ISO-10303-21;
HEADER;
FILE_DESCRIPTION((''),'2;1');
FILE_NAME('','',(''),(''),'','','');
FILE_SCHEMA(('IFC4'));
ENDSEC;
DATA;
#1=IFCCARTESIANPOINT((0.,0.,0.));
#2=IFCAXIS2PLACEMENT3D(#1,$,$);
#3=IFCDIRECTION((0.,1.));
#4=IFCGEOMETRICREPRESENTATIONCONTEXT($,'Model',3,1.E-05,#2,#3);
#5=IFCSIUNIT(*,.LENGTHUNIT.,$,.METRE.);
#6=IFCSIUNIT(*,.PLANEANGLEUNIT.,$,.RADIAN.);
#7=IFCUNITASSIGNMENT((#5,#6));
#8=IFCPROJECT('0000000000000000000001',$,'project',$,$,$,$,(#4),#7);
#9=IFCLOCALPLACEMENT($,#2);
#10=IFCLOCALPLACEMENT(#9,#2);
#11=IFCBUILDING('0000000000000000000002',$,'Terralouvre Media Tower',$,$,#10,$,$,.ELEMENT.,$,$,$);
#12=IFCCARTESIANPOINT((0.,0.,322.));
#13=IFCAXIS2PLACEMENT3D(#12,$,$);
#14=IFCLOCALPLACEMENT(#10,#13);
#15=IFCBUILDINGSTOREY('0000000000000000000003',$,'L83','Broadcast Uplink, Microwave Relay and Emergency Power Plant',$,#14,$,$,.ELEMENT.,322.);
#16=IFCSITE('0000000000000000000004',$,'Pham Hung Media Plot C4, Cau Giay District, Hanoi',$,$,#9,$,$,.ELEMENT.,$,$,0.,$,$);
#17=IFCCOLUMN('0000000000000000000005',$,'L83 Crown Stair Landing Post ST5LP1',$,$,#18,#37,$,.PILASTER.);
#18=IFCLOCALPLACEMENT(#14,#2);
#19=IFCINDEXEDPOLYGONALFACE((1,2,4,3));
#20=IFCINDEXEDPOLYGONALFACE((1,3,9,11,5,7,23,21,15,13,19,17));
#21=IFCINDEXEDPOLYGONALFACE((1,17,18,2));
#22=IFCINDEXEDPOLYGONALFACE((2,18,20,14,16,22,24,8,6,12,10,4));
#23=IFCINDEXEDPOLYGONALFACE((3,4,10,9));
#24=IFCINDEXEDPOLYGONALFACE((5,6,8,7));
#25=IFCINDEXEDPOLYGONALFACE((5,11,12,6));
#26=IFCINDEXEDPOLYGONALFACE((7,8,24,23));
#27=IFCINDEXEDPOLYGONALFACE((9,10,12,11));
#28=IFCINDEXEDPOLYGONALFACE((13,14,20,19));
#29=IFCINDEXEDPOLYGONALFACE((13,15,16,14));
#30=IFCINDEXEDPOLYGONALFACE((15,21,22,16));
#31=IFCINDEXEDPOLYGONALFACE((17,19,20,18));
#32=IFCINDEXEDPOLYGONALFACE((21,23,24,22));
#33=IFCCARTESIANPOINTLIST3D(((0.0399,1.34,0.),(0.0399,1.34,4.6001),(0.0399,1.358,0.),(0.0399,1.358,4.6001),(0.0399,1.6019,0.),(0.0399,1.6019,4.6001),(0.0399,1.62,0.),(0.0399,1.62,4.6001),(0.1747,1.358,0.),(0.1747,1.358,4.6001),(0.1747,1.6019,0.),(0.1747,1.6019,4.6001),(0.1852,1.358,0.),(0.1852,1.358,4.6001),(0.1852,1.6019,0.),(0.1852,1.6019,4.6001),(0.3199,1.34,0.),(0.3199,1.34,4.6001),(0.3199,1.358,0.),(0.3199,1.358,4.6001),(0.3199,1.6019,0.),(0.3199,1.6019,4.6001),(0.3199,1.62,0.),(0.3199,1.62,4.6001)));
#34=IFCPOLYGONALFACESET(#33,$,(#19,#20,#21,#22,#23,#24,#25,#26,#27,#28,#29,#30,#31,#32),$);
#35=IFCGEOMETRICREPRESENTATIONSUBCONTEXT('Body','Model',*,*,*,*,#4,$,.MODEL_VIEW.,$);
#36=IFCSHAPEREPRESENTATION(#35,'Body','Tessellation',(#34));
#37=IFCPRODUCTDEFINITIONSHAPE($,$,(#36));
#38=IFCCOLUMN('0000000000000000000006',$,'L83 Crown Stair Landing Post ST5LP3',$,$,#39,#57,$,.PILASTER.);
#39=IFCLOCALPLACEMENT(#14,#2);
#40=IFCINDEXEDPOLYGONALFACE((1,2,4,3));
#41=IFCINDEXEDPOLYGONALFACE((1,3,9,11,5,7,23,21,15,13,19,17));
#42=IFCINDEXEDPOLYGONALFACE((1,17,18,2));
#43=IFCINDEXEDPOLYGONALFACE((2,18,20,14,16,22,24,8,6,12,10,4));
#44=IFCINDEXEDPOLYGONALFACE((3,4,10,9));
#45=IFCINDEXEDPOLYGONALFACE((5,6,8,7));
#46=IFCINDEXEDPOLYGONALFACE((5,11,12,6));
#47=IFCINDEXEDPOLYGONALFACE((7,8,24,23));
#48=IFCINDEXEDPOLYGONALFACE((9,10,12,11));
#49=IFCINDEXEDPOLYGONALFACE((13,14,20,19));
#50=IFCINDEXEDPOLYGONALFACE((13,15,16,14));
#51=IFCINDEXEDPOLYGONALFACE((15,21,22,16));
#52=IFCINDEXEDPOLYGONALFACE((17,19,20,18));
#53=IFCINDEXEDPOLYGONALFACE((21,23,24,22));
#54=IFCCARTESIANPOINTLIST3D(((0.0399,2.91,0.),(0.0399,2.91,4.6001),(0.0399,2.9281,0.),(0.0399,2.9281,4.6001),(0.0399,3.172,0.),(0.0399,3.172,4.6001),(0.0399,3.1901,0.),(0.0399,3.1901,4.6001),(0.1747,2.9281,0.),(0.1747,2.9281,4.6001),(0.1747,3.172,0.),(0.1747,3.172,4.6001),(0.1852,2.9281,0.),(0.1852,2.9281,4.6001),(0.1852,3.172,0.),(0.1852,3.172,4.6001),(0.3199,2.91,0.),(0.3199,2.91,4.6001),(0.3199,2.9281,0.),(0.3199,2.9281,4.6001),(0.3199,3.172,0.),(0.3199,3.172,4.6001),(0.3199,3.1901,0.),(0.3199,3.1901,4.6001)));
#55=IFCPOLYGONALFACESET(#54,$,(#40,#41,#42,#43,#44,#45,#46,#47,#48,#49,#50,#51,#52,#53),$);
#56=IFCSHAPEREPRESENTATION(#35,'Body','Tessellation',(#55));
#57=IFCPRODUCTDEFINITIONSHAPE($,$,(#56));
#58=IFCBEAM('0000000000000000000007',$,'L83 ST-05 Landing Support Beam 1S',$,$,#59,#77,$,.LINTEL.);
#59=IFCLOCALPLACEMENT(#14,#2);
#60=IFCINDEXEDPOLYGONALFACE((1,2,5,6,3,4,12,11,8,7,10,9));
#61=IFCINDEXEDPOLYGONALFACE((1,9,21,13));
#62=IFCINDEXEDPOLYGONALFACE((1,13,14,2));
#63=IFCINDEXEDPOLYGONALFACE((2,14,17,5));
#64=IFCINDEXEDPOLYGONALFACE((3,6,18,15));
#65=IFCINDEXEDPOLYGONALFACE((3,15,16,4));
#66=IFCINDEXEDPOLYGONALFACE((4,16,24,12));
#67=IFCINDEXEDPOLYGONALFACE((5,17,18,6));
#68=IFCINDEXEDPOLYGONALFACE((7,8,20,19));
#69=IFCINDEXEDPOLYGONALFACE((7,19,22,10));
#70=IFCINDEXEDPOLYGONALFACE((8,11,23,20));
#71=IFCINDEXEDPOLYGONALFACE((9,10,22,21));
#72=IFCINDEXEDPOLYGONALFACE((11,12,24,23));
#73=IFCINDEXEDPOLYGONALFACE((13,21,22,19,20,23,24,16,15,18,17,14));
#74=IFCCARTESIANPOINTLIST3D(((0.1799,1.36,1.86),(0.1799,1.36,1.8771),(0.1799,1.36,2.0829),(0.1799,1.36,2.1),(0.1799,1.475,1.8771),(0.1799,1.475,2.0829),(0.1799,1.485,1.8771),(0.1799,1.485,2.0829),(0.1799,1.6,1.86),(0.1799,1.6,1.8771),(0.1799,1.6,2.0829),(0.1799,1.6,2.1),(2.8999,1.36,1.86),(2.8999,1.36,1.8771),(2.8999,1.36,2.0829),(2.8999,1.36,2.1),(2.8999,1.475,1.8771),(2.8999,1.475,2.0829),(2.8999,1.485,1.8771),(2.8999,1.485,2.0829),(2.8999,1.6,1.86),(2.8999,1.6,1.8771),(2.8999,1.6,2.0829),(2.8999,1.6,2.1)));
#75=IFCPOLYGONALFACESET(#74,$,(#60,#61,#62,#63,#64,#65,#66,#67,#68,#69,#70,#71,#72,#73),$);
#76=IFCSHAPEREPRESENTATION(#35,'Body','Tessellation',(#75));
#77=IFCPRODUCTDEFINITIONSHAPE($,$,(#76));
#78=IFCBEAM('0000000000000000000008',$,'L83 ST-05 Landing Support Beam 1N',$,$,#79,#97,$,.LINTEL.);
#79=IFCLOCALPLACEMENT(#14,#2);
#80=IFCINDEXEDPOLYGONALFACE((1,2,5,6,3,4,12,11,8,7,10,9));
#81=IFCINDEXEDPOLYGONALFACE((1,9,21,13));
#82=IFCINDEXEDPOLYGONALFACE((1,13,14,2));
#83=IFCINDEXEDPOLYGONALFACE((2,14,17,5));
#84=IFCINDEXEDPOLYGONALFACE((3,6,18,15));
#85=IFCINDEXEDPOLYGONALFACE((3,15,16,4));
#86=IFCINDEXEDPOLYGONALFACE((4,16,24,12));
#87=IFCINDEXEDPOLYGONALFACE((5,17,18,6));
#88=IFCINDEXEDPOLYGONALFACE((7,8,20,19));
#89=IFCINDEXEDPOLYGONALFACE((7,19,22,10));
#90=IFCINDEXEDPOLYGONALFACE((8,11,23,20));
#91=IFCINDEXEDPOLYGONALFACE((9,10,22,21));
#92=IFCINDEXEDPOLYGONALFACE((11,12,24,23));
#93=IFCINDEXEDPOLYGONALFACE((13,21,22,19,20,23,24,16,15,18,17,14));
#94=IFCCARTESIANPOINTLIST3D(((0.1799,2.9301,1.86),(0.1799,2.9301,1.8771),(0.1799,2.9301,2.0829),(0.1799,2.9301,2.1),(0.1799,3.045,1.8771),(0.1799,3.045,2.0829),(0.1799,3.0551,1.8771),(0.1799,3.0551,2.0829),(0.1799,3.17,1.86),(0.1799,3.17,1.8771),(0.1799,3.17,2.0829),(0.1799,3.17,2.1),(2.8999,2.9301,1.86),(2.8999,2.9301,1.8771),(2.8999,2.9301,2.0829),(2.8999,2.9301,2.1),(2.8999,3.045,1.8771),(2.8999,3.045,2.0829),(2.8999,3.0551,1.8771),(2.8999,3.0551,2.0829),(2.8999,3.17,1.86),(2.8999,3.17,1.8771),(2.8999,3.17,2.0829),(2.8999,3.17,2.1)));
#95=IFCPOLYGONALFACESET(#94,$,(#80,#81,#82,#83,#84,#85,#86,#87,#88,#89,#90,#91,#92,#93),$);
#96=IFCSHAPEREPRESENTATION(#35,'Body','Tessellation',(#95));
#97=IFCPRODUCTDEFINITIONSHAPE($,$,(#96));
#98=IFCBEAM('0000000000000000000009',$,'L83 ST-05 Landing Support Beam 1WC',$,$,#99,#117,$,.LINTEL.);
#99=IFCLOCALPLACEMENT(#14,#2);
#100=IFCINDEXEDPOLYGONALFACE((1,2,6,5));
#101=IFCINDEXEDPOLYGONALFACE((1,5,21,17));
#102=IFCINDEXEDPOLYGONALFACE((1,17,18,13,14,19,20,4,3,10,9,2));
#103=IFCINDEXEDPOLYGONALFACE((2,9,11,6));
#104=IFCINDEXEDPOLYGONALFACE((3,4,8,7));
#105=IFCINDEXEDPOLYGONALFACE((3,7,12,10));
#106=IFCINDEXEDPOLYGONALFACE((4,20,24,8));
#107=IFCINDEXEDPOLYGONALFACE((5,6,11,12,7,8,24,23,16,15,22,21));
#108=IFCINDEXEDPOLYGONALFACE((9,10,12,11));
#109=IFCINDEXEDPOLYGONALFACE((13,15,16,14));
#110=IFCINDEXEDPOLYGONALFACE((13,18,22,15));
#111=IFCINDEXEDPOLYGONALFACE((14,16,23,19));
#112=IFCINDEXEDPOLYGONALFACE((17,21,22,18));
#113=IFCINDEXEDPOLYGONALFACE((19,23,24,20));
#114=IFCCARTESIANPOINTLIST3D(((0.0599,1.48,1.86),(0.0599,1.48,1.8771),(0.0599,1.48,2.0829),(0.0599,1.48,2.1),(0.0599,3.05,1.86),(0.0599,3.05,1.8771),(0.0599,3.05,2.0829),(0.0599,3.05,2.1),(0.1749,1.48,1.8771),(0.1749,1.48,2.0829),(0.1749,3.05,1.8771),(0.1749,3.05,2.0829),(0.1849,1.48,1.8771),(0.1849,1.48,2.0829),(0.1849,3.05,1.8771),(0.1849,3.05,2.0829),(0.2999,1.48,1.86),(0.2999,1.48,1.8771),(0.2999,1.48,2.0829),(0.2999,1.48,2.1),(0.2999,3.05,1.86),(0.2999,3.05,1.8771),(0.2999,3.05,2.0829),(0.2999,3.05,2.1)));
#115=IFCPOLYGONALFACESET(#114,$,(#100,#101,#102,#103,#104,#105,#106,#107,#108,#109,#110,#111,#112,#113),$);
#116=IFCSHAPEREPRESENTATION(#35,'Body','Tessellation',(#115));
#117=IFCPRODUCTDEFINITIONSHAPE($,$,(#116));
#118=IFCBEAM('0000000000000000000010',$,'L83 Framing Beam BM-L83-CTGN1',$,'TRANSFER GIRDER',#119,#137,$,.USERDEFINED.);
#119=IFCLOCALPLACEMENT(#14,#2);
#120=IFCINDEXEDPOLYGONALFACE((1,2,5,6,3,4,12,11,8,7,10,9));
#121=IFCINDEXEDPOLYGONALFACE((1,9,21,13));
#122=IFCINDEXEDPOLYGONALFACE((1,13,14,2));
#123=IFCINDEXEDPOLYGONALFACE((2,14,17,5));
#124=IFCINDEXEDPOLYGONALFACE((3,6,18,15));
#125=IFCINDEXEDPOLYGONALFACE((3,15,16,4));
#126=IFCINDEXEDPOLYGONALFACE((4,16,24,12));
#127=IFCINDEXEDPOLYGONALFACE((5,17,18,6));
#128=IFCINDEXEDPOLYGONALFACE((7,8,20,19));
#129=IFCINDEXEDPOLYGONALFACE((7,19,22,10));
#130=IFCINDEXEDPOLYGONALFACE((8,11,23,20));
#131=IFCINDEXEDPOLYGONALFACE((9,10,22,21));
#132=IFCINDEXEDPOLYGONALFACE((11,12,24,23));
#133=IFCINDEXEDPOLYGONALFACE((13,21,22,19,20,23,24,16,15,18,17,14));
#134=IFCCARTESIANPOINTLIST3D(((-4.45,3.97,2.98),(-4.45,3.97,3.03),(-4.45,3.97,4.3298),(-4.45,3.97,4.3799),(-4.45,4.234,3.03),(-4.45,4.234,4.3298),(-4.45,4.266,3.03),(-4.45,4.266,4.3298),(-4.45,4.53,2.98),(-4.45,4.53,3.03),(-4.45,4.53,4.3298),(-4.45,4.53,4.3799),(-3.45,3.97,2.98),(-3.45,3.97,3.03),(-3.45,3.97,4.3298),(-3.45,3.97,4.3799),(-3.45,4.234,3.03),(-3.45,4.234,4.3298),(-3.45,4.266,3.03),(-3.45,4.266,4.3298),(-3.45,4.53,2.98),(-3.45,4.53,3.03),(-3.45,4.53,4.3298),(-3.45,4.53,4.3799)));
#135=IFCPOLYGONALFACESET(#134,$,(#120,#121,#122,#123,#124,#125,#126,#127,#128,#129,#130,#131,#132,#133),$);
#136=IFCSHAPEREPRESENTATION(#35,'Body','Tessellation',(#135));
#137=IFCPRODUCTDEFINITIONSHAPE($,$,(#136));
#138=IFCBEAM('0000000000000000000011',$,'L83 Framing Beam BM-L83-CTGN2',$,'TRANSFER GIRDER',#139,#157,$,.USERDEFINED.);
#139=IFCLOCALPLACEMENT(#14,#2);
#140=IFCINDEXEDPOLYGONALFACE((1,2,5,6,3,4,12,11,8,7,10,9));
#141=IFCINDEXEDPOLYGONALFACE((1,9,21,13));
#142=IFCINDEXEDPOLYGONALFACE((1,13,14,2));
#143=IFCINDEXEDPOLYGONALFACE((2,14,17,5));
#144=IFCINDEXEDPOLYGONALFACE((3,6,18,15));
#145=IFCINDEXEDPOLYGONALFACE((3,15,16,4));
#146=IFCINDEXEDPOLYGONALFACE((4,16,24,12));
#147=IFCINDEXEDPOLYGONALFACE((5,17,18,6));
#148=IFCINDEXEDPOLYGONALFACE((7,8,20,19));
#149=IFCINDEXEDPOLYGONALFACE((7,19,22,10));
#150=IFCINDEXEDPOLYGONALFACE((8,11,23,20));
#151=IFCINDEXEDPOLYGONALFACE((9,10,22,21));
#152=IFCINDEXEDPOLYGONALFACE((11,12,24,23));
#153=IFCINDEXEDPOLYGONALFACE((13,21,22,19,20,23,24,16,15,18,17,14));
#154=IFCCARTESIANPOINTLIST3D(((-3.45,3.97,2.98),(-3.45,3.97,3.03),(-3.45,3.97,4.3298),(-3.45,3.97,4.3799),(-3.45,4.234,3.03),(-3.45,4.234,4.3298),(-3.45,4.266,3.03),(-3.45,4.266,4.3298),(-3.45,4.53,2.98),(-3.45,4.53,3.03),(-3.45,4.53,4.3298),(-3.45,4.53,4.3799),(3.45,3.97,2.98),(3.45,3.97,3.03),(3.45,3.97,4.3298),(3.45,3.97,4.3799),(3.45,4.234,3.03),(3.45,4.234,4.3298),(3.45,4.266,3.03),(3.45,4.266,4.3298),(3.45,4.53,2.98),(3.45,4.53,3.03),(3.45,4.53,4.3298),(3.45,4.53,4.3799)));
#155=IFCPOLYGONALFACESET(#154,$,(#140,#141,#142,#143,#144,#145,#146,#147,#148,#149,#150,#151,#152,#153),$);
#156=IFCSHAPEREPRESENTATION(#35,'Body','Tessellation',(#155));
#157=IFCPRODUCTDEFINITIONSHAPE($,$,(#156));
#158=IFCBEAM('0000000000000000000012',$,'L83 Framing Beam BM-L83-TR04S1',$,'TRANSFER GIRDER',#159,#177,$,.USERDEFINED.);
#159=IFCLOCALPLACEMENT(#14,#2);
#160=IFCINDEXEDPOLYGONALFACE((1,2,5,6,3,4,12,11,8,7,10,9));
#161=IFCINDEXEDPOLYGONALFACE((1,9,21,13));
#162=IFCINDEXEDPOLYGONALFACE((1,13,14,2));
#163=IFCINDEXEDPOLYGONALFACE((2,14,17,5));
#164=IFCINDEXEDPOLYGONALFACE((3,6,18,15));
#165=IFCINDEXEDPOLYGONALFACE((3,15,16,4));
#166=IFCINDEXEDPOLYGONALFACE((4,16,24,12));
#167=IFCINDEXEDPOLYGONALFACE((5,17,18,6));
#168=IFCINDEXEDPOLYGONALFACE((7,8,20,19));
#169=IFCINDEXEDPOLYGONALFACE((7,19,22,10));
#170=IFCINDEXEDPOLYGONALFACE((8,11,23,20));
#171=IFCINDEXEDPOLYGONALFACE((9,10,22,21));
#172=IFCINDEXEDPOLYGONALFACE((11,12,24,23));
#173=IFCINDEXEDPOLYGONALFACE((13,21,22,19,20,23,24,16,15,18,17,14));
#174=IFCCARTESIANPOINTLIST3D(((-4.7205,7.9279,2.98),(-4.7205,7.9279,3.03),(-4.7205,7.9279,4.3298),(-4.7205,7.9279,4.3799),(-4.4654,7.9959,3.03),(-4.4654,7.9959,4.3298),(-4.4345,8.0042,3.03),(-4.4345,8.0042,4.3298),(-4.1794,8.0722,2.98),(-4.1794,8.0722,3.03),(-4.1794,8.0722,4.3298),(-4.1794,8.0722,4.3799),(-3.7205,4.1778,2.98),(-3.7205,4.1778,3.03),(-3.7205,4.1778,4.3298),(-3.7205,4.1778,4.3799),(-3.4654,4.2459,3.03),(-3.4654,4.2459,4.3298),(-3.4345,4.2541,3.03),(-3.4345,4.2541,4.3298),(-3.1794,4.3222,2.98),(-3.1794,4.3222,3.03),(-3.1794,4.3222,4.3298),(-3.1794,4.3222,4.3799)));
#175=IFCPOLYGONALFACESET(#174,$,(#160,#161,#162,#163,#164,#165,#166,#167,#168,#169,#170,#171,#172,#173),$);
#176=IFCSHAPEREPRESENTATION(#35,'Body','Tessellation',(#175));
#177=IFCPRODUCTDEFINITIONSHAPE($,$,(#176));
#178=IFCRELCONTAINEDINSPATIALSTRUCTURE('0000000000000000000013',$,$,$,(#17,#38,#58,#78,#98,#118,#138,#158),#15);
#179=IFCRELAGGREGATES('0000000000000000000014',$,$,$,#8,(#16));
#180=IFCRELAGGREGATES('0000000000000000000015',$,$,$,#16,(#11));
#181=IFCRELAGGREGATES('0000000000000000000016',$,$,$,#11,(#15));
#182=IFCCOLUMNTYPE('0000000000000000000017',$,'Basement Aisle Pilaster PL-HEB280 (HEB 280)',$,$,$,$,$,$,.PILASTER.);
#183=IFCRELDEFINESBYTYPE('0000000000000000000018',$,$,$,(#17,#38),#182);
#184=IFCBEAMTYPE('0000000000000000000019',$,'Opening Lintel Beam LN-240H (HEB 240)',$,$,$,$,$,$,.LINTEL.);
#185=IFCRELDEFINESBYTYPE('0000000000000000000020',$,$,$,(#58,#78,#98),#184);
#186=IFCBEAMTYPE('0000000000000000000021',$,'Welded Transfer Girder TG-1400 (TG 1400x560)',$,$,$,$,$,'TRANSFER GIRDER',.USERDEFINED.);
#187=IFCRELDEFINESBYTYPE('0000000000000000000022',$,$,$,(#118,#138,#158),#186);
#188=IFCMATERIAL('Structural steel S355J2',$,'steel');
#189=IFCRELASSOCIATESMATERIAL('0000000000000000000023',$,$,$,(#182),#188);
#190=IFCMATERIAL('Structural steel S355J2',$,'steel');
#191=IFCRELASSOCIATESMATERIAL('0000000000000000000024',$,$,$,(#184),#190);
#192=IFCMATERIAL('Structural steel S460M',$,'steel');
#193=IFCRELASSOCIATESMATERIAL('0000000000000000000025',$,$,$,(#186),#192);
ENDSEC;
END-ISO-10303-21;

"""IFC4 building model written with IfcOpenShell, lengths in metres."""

from ifc_helpers import new_model, si_unit, direction, frame, origin, origin_2d, place, context, subcontext, project, spatial, i_section, extrude, material, material_profile, profile_set, type_object, element, save


model = new_model("IFC4")

# Units and contexts
model_context = context("Model", 3, precision=1e-05, world=origin(), true_north=direction((0.0, 1.0)))
body_context = subcontext(model_context, "Body", "Model", "MODEL_VIEW")
ifc_project = project(units=[si_unit("LENGTHUNIT", "METRE"), si_unit("PLANEANGLEUNIT", "RADIAN")], contexts=[model_context])

# Site, building, storey
site_placement = place(None, origin())
site = spatial("IfcSite", under=ifc_project, at=site_placement, Name="Pham Hung Media Plot C4, Cau Giay District, Hanoi", CompositionType="ELEMENT", RefElevation=0.0)
building_placement = place(site_placement, origin())
building = spatial("IfcBuilding", under=site, at=building_placement, Name="Terralouvre Media Tower", CompositionType="ELEMENT")
storey_placement = place(building_placement, frame((0.0, 0.0, 322.0)))
storey = spatial("IfcBuildingStorey", under=building, at=storey_placement, Name="L83", Description="Broadcast Uplink, Microwave Relay and Emergency Power Plant", CompositionType="ELEMENT", Elevation=322.0)

# Columns
ifc_material_1 = material(Name="Structural steel S355J2", Category="steel")
ifc_material_profile_1 = material_profile(ifc_material_1, i_section(OverallWidth=0.28, OverallDepth=0.28, WebThickness=0.0105, FlangeThickness=0.0181, at=origin_2d()), Name="HEB 280")
ifc_profile_set_1 = profile_set([ifc_material_profile_1], Name="Structural steel S355J2")
column_type = type_object("IfcColumnType", Name="Basement Aisle Pilaster PL-HEB280 (HEB 280)", PredefinedType="PILASTER", material=ifc_profile_set_1)
for number, where, z_axis, x_axis, name in (
    (1, (0.1799, 1.48, 0.0), (0.0, 0.0, 1.0), (1.0, 0.0, 0.0), "L83 Crown Stair Landing Post ST5LP1"),
    (2, (0.1799, 3.05, 0.0), (0.0, 0.0, 1.0), (1.0, 0.0, 0.0), "L83 Crown Stair Landing Post ST5LP3"),
):
    element("IfcColumn", number, at=place(storey_placement, frame(where, z_axis=z_axis, x_axis=x_axis)), inside=storey, type_object=column_type, Name=name, PredefinedType="PILASTER", context=body_context, shape_type="SweptSolid", body=[
        extrude(i_section(OverallWidth=0.28, OverallDepth=0.28, WebThickness=0.0105, FlangeThickness=0.0181, at=origin_2d()), origin(), (0.0, 0.0, 1.0), 4.6001),
    ])

# Beams
ifc_material_2 = material(Name="Structural steel S355J2", Category="steel")
ifc_material_profile_2 = material_profile(ifc_material_2, i_section(OverallWidth=0.24, OverallDepth=0.24, WebThickness=0.01, FlangeThickness=0.0171, at=origin_2d()), Name="HEB 240")
ifc_profile_set_2 = profile_set([ifc_material_profile_2], Name="Structural steel S355J2")
beam_type_1 = type_object("IfcBeamType", Name="Opening Lintel Beam LN-240H (HEB 240)", PredefinedType="LINTEL", material=ifc_profile_set_2)
for number, where, z_axis, x_axis, name in (
    (3, (0.1799, 1.48, 1.98), (1.0, 0.0, 0.0), (0.0, 1.0, 0.0), "L83 ST-05 Landing Support Beam 1S"),
    (4, (0.1799, 3.05, 1.98), (1.0, 0.0, 0.0), (0.0, 1.0, 0.0), "L83 ST-05 Landing Support Beam 1N"),
):
    element("IfcBeam", number, at=place(storey_placement, frame(where, z_axis=z_axis, x_axis=x_axis)), inside=storey, type_object=beam_type_1, Name=name, PredefinedType="LINTEL", context=body_context, shape_type="SweptSolid", body=[
        extrude(i_section(OverallWidth=0.24, OverallDepth=0.24, WebThickness=0.01, FlangeThickness=0.0171, at=origin_2d()), origin(), (0.0, 0.0, 1.0), 2.72),
    ])
beam_1_placement = place(storey_placement, frame((0.1799, 1.48, 1.98), z_axis=(0.0, 1.0, 0.0), x_axis=(-1.0, 0.0, 0.0)))
element("IfcBeam", 5, at=beam_1_placement, inside=storey, type_object=beam_type_1, Name="L83 ST-05 Landing Support Beam 1WC", PredefinedType="LINTEL", context=body_context, shape_type="SweptSolid", body=[
    extrude(i_section(OverallWidth=0.24, OverallDepth=0.24, WebThickness=0.01, FlangeThickness=0.0171, at=origin_2d()), origin(), (0.0, 0.0, 1.0), 1.5701),
])
ifc_material_3 = material(Name="Structural steel S460M", Category="steel")
ifc_material_profile_3 = material_profile(ifc_material_3, i_section(OverallWidth=0.5601, OverallDepth=1.3999, WebThickness=0.032, FlangeThickness=0.05, at=origin_2d()), Name="TG 1400x560")
ifc_profile_set_3 = profile_set([ifc_material_profile_3], Name="Structural steel S460M")
beam_type_2 = type_object("IfcBeamType", Name="Welded Transfer Girder TG-1400 (TG 1400x560)", ElementType="TRANSFER GIRDER", PredefinedType="USERDEFINED", material=ifc_profile_set_3)
beam_2_placement = place(storey_placement, frame((-4.45, 4.25, 3.6799), z_axis=(1.0, 0.0, 0.0), x_axis=(0.0, 1.0, 0.0)))
element("IfcBeam", 6, at=beam_2_placement, inside=storey, type_object=beam_type_2, Name="L83 Framing Beam BM-L83-CTGN1", ObjectType="TRANSFER GIRDER", PredefinedType="USERDEFINED", context=body_context, shape_type="SweptSolid", body=[
    extrude(i_section(OverallWidth=0.5601, OverallDepth=1.3999, WebThickness=0.032, FlangeThickness=0.05, at=origin_2d()), origin(), (0.0, 0.0, 1.0), 1.0),
])
beam_3_placement = place(storey_placement, frame((-3.45, 4.25, 3.6799), z_axis=(1.0, 0.0, 0.0), x_axis=(0.0, 1.0, 0.0)))
element("IfcBeam", 7, at=beam_3_placement, inside=storey, type_object=beam_type_2, Name="L83 Framing Beam BM-L83-CTGN2", ObjectType="TRANSFER GIRDER", PredefinedType="USERDEFINED", context=body_context, shape_type="SweptSolid", body=[
    extrude(i_section(OverallWidth=0.5601, OverallDepth=1.3999, WebThickness=0.032, FlangeThickness=0.05, at=origin_2d()), origin(), (0.0, 0.0, 1.0), 6.8999),
])
beam_4_placement = place(storey_placement, frame((-3.45, 4.25, 3.6799), z_axis=(-0.257663, 0.966235, 0.0), x_axis=(-0.966235, -0.257663, 0.0)))
element("IfcBeam", 8, at=beam_4_placement, inside=storey, type_object=beam_type_2, Name="L83 Framing Beam BM-L83-TR04S1", ObjectType="TRANSFER GIRDER", PredefinedType="USERDEFINED", context=body_context, shape_type="SweptSolid", body=[
    extrude(i_section(OverallWidth=0.5601, OverallDepth=1.3999, WebThickness=0.032, FlangeThickness=0.05, at=origin_2d()), origin(), (0.0, 0.0, 1.0), 3.8811),
])

save(model, "model.ifc")
